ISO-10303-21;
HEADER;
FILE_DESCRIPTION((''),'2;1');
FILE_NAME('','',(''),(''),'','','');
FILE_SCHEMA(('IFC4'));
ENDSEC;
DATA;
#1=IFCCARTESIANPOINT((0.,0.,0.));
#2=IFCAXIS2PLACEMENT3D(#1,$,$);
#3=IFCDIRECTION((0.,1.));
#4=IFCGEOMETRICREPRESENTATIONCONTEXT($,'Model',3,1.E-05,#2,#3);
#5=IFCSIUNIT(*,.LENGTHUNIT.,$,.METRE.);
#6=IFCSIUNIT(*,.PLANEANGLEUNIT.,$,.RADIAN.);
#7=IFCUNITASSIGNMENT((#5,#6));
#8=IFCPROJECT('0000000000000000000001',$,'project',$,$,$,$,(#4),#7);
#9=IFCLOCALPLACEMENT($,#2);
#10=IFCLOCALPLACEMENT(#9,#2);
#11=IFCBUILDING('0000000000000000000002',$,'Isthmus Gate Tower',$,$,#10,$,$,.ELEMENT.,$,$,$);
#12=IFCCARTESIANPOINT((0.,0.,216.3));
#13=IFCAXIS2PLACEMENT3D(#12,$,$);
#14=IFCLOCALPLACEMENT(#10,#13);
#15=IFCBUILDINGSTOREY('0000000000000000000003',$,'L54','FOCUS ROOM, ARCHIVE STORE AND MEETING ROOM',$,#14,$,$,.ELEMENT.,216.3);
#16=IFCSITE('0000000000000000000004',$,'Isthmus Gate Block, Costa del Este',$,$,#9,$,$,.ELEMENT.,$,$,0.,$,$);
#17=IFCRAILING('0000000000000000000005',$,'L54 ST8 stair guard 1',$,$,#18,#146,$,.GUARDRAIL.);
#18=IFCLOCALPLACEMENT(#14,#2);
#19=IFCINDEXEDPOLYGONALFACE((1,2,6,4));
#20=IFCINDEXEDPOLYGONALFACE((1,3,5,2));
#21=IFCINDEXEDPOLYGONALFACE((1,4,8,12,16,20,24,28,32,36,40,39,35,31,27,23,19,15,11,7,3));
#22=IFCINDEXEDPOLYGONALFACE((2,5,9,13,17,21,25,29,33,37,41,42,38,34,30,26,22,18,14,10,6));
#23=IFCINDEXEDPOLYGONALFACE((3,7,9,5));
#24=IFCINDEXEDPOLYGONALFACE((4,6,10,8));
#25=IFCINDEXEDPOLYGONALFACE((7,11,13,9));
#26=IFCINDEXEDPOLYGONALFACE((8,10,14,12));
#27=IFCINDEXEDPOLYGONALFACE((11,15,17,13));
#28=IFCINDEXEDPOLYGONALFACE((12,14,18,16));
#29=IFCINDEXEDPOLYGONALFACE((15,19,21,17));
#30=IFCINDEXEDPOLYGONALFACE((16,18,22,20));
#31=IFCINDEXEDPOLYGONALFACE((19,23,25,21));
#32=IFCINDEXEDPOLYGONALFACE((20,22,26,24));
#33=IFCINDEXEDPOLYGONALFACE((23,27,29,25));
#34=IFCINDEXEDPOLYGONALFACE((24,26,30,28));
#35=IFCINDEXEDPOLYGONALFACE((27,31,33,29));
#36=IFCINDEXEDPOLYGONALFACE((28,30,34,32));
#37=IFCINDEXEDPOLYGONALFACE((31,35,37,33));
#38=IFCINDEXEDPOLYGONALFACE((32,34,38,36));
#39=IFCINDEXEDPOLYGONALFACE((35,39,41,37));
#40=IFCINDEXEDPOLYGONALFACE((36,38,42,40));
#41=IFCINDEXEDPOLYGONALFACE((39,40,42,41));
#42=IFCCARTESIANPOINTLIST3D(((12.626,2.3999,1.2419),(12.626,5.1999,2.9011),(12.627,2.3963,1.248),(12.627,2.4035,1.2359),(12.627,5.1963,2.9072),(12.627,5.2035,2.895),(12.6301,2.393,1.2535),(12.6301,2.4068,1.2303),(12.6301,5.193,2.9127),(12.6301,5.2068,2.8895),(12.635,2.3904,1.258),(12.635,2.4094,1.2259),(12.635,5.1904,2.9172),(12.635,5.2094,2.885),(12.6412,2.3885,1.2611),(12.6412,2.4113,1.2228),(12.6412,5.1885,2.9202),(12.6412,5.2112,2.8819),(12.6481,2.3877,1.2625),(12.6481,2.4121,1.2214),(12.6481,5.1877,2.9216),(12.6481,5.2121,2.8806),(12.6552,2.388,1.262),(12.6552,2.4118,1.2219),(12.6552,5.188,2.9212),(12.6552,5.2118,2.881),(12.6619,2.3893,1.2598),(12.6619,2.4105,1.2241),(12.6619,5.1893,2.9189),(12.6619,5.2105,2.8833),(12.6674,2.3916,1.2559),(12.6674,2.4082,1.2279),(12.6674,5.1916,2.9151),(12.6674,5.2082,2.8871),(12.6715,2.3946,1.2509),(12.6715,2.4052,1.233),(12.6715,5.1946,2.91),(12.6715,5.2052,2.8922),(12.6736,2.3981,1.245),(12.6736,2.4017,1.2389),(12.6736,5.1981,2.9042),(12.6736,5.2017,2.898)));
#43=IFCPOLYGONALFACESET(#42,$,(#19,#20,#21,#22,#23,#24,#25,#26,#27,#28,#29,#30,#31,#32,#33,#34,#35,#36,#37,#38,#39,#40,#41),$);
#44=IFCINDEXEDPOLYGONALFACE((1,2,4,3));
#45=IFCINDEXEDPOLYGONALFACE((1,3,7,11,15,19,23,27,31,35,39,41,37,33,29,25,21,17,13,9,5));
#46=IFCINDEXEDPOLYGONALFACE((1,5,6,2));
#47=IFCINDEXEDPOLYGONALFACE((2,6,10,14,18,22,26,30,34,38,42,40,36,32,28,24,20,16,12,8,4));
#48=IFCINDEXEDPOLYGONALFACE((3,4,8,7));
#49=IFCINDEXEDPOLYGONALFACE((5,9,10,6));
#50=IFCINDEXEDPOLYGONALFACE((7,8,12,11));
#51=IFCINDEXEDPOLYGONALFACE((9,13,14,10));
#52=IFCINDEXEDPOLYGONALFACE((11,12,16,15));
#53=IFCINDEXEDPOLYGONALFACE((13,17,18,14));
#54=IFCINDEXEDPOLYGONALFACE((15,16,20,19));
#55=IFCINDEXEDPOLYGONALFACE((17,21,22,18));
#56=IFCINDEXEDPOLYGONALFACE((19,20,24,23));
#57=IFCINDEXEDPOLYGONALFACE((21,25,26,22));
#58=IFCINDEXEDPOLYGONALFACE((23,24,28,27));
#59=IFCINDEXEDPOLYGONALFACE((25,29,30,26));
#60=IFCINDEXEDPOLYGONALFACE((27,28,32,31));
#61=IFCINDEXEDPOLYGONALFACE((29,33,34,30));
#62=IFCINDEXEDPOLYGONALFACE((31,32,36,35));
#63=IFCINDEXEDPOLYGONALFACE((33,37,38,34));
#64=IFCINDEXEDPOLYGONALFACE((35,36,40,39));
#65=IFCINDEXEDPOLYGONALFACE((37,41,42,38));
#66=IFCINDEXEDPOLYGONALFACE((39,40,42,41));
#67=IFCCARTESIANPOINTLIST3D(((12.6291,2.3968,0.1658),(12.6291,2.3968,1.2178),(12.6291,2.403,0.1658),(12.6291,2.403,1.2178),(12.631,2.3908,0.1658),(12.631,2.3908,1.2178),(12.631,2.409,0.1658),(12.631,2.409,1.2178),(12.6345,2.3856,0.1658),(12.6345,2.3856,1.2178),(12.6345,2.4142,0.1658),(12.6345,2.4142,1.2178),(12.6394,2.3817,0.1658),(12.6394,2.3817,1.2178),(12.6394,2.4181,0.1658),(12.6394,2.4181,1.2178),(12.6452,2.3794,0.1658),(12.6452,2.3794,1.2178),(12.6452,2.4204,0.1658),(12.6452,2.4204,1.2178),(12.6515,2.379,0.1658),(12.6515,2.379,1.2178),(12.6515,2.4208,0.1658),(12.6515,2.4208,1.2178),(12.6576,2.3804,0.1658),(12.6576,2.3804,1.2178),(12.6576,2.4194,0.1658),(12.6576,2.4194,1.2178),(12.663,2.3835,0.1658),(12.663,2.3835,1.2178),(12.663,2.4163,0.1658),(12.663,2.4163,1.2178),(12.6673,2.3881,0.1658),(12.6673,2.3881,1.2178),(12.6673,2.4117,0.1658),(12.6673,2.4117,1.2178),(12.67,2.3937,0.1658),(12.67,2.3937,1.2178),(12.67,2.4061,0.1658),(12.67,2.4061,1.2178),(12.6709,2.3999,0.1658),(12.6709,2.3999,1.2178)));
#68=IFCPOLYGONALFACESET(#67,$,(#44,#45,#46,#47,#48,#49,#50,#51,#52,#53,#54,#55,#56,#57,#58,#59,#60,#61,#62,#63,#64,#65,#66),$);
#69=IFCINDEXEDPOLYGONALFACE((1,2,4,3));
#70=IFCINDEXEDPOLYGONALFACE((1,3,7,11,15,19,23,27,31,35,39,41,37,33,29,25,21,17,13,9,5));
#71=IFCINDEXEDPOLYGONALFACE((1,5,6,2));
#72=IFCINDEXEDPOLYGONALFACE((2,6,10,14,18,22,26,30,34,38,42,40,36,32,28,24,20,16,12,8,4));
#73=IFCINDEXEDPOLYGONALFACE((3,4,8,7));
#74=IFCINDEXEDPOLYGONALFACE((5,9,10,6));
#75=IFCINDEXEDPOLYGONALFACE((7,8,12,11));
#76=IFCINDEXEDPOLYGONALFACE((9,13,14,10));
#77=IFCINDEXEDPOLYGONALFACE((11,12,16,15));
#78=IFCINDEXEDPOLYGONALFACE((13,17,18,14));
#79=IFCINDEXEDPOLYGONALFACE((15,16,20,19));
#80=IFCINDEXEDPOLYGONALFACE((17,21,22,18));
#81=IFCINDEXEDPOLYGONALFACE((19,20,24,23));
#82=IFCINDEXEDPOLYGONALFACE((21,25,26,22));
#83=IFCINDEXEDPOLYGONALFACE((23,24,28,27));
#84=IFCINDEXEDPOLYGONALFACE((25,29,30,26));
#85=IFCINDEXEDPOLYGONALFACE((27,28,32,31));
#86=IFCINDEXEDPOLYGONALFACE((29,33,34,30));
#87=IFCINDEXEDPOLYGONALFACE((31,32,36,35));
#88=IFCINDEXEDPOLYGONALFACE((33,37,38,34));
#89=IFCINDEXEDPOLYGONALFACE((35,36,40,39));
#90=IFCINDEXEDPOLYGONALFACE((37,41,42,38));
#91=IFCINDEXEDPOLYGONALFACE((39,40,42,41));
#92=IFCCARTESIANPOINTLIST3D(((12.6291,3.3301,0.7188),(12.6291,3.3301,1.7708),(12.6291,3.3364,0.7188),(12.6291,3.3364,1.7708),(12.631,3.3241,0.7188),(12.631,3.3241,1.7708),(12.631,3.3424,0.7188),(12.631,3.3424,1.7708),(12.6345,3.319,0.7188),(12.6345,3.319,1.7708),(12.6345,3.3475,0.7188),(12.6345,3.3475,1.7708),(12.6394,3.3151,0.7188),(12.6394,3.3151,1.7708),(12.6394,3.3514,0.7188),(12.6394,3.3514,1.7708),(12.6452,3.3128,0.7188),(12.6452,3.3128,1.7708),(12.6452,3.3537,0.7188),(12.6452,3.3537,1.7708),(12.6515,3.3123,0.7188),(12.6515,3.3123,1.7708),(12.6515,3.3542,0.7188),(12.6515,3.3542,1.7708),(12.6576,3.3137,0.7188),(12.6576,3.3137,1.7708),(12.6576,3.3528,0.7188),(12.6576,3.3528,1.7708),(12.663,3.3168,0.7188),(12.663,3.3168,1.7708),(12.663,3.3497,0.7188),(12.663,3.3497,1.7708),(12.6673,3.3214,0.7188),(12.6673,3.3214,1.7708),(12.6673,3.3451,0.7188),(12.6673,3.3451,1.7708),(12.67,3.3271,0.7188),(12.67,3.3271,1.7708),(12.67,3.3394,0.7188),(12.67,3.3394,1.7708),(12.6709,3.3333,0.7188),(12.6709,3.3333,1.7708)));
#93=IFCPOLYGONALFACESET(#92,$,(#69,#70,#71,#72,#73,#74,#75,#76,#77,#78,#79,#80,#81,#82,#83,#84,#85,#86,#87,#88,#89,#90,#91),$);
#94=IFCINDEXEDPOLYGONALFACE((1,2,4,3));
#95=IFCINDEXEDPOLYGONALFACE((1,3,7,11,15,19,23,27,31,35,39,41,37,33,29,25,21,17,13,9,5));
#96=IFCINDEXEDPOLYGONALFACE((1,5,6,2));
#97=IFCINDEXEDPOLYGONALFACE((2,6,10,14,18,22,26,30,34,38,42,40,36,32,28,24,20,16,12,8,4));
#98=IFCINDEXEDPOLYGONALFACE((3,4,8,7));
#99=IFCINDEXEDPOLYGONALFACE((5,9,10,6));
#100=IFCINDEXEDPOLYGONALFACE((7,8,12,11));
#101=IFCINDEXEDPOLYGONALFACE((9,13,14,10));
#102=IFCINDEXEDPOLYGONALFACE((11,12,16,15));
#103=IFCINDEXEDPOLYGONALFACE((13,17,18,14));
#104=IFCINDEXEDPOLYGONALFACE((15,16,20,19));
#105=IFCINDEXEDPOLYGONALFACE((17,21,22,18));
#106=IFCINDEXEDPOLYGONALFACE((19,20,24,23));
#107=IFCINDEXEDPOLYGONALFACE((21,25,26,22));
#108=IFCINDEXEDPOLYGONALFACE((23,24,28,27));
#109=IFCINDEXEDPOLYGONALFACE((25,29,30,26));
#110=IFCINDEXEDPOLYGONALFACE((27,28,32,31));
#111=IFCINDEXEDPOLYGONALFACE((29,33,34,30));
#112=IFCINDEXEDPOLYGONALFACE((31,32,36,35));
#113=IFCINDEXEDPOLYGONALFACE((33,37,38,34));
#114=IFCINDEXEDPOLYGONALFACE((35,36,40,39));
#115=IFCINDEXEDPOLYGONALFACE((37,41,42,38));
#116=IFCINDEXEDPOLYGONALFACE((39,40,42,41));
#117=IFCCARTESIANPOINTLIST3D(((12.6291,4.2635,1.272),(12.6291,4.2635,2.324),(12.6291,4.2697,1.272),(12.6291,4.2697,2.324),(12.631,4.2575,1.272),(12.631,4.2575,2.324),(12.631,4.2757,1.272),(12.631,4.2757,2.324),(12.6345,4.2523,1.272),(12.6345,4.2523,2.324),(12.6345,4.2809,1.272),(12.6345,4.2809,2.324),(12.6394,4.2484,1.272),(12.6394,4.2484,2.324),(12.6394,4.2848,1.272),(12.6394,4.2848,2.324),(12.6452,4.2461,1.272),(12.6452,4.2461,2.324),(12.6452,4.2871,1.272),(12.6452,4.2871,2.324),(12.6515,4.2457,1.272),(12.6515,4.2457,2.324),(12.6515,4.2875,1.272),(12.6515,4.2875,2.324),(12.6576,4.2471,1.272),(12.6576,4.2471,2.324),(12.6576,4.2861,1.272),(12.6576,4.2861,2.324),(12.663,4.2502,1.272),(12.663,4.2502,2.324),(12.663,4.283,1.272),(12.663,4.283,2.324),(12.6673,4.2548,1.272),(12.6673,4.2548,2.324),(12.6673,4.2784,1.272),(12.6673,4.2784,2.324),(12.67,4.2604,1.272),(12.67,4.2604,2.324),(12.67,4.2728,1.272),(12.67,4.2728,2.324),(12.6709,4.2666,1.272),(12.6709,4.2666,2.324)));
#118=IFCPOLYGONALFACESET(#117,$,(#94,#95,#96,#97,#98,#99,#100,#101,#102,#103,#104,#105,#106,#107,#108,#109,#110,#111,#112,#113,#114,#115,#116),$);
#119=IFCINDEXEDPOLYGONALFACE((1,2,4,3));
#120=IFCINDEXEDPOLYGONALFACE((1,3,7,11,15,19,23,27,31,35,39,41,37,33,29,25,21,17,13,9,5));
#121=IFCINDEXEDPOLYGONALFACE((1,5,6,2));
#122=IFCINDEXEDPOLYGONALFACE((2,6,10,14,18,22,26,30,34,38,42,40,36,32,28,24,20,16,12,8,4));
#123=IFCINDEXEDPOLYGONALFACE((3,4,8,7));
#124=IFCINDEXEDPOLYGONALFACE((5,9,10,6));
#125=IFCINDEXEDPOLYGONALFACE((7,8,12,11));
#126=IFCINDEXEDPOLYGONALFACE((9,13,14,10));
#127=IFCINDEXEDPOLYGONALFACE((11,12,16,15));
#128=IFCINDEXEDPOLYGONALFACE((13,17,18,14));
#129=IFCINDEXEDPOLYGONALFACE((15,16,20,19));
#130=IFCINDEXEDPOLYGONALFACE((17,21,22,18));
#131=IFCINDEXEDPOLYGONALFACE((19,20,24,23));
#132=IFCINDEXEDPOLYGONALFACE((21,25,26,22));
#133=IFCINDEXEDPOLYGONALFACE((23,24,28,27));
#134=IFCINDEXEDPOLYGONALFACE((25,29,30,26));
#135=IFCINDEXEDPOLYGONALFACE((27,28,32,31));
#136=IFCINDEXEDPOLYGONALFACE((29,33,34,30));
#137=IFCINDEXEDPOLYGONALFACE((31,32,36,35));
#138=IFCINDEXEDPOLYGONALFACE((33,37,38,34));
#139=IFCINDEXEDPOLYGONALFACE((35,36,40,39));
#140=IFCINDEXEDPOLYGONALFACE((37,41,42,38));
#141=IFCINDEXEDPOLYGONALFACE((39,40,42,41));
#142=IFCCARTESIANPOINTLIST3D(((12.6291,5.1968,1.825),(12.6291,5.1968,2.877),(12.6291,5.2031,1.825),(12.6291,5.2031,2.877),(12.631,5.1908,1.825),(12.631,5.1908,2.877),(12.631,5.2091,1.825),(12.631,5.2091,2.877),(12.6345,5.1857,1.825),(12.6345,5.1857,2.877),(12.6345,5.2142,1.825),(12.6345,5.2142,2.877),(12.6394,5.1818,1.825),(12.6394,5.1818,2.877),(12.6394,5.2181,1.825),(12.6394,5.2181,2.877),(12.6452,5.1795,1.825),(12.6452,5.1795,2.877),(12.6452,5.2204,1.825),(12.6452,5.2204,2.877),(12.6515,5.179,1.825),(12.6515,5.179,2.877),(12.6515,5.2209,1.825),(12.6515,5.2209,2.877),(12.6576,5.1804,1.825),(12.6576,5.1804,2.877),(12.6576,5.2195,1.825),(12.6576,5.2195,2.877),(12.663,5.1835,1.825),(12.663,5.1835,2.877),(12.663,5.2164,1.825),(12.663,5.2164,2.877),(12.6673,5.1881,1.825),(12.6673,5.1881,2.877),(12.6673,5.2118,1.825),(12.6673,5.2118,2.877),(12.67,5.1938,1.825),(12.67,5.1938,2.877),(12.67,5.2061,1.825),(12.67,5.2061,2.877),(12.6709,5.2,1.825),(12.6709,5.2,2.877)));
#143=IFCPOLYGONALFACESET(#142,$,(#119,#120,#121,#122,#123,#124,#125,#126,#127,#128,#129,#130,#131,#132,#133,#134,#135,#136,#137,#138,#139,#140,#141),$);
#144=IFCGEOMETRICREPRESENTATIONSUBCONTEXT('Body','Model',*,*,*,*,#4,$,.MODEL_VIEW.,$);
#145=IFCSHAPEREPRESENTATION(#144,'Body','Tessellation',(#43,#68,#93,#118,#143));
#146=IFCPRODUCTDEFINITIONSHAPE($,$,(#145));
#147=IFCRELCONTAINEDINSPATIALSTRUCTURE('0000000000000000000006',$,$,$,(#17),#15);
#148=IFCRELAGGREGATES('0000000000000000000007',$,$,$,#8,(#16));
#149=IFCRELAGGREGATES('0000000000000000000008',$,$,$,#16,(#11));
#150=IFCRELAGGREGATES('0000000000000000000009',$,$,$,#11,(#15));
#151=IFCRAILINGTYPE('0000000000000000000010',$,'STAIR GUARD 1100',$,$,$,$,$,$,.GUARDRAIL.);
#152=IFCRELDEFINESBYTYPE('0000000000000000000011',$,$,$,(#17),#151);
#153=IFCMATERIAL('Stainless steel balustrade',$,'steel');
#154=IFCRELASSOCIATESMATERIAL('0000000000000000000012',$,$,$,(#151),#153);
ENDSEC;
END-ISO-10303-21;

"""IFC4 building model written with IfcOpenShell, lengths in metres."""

from ifc_helpers import new_model, si_unit, direction, frame, origin, origin_2d, place, context, subcontext, project, spatial, circle, extrude, material, type_object, element, save


model = new_model("IFC4")

# Units and contexts
model_context = context("Model", 3, precision=1e-05, world=origin(), true_north=direction((0.0, 1.0)))
body_context = subcontext(model_context, "Body", "Model", "MODEL_VIEW")
ifc_project = project(units=[si_unit("LENGTHUNIT", "METRE"), si_unit("PLANEANGLEUNIT", "RADIAN")], contexts=[model_context])

# Site, building, storey
site_placement = place(None, origin())
site = spatial("IfcSite", under=ifc_project, at=site_placement, Name="Isthmus Gate Block, Costa del Este", CompositionType="ELEMENT", RefElevation=0.0)
building_placement = place(site_placement, origin())
building = spatial("IfcBuilding", under=site, at=building_placement, Name="Isthmus Gate Tower", CompositionType="ELEMENT")
storey_placement = place(building_placement, frame((0.0, 0.0, 216.3)))
storey = spatial("IfcBuildingStorey", under=building, at=storey_placement, Name="L54", Description="FOCUS ROOM, ARCHIVE STORE AND MEETING ROOM", CompositionType="ELEMENT", Elevation=216.3)

# Railing
ifc_material_1 = material(Name="Stainless steel balustrade", Category="steel")
railing_type_1 = type_object("IfcRailingType", Name="STAIR GUARD 1100", PredefinedType="GUARDRAIL", material=ifc_material_1)
railing_1_placement = place(storey_placement, frame((12.6499, 2.3999, 0.1658)))
element("IfcRailing", 1, at=railing_1_placement, inside=storey, type_object=railing_type_1, Name="L54 ST8 stair guard 1", PredefinedType="GUARDRAIL", context=body_context, shape_type="SweptSolid", body=[
    extrude(circle(Radius=0.0239, at=origin_2d()), frame((0.0, 0.0, 1.0762), z_axis=(0.0, 0.860306, 0.509778), x_axis=(-1.0, 0.0, 0.0)), (0.0, 0.0, 1.0), 3.2546),
    extrude(circle(Radius=0.021, at=origin_2d()), origin(), (0.0, 0.0, 1.0), 1.052),
    extrude(circle(Radius=0.021, at=origin_2d()), frame((0.0, 0.9333, 0.553)), (0.0, 0.0, 1.0), 1.052),
    extrude(circle(Radius=0.021, at=origin_2d()), frame((0.0, 1.8667, 1.1062)), (0.0, 0.0, 1.0), 1.052),
    extrude(circle(Radius=0.021, at=origin_2d()), frame((0.0, 2.8, 1.6592)), (0.0, 0.0, 1.0), 1.052),
])

save(model, "model.ifc")
